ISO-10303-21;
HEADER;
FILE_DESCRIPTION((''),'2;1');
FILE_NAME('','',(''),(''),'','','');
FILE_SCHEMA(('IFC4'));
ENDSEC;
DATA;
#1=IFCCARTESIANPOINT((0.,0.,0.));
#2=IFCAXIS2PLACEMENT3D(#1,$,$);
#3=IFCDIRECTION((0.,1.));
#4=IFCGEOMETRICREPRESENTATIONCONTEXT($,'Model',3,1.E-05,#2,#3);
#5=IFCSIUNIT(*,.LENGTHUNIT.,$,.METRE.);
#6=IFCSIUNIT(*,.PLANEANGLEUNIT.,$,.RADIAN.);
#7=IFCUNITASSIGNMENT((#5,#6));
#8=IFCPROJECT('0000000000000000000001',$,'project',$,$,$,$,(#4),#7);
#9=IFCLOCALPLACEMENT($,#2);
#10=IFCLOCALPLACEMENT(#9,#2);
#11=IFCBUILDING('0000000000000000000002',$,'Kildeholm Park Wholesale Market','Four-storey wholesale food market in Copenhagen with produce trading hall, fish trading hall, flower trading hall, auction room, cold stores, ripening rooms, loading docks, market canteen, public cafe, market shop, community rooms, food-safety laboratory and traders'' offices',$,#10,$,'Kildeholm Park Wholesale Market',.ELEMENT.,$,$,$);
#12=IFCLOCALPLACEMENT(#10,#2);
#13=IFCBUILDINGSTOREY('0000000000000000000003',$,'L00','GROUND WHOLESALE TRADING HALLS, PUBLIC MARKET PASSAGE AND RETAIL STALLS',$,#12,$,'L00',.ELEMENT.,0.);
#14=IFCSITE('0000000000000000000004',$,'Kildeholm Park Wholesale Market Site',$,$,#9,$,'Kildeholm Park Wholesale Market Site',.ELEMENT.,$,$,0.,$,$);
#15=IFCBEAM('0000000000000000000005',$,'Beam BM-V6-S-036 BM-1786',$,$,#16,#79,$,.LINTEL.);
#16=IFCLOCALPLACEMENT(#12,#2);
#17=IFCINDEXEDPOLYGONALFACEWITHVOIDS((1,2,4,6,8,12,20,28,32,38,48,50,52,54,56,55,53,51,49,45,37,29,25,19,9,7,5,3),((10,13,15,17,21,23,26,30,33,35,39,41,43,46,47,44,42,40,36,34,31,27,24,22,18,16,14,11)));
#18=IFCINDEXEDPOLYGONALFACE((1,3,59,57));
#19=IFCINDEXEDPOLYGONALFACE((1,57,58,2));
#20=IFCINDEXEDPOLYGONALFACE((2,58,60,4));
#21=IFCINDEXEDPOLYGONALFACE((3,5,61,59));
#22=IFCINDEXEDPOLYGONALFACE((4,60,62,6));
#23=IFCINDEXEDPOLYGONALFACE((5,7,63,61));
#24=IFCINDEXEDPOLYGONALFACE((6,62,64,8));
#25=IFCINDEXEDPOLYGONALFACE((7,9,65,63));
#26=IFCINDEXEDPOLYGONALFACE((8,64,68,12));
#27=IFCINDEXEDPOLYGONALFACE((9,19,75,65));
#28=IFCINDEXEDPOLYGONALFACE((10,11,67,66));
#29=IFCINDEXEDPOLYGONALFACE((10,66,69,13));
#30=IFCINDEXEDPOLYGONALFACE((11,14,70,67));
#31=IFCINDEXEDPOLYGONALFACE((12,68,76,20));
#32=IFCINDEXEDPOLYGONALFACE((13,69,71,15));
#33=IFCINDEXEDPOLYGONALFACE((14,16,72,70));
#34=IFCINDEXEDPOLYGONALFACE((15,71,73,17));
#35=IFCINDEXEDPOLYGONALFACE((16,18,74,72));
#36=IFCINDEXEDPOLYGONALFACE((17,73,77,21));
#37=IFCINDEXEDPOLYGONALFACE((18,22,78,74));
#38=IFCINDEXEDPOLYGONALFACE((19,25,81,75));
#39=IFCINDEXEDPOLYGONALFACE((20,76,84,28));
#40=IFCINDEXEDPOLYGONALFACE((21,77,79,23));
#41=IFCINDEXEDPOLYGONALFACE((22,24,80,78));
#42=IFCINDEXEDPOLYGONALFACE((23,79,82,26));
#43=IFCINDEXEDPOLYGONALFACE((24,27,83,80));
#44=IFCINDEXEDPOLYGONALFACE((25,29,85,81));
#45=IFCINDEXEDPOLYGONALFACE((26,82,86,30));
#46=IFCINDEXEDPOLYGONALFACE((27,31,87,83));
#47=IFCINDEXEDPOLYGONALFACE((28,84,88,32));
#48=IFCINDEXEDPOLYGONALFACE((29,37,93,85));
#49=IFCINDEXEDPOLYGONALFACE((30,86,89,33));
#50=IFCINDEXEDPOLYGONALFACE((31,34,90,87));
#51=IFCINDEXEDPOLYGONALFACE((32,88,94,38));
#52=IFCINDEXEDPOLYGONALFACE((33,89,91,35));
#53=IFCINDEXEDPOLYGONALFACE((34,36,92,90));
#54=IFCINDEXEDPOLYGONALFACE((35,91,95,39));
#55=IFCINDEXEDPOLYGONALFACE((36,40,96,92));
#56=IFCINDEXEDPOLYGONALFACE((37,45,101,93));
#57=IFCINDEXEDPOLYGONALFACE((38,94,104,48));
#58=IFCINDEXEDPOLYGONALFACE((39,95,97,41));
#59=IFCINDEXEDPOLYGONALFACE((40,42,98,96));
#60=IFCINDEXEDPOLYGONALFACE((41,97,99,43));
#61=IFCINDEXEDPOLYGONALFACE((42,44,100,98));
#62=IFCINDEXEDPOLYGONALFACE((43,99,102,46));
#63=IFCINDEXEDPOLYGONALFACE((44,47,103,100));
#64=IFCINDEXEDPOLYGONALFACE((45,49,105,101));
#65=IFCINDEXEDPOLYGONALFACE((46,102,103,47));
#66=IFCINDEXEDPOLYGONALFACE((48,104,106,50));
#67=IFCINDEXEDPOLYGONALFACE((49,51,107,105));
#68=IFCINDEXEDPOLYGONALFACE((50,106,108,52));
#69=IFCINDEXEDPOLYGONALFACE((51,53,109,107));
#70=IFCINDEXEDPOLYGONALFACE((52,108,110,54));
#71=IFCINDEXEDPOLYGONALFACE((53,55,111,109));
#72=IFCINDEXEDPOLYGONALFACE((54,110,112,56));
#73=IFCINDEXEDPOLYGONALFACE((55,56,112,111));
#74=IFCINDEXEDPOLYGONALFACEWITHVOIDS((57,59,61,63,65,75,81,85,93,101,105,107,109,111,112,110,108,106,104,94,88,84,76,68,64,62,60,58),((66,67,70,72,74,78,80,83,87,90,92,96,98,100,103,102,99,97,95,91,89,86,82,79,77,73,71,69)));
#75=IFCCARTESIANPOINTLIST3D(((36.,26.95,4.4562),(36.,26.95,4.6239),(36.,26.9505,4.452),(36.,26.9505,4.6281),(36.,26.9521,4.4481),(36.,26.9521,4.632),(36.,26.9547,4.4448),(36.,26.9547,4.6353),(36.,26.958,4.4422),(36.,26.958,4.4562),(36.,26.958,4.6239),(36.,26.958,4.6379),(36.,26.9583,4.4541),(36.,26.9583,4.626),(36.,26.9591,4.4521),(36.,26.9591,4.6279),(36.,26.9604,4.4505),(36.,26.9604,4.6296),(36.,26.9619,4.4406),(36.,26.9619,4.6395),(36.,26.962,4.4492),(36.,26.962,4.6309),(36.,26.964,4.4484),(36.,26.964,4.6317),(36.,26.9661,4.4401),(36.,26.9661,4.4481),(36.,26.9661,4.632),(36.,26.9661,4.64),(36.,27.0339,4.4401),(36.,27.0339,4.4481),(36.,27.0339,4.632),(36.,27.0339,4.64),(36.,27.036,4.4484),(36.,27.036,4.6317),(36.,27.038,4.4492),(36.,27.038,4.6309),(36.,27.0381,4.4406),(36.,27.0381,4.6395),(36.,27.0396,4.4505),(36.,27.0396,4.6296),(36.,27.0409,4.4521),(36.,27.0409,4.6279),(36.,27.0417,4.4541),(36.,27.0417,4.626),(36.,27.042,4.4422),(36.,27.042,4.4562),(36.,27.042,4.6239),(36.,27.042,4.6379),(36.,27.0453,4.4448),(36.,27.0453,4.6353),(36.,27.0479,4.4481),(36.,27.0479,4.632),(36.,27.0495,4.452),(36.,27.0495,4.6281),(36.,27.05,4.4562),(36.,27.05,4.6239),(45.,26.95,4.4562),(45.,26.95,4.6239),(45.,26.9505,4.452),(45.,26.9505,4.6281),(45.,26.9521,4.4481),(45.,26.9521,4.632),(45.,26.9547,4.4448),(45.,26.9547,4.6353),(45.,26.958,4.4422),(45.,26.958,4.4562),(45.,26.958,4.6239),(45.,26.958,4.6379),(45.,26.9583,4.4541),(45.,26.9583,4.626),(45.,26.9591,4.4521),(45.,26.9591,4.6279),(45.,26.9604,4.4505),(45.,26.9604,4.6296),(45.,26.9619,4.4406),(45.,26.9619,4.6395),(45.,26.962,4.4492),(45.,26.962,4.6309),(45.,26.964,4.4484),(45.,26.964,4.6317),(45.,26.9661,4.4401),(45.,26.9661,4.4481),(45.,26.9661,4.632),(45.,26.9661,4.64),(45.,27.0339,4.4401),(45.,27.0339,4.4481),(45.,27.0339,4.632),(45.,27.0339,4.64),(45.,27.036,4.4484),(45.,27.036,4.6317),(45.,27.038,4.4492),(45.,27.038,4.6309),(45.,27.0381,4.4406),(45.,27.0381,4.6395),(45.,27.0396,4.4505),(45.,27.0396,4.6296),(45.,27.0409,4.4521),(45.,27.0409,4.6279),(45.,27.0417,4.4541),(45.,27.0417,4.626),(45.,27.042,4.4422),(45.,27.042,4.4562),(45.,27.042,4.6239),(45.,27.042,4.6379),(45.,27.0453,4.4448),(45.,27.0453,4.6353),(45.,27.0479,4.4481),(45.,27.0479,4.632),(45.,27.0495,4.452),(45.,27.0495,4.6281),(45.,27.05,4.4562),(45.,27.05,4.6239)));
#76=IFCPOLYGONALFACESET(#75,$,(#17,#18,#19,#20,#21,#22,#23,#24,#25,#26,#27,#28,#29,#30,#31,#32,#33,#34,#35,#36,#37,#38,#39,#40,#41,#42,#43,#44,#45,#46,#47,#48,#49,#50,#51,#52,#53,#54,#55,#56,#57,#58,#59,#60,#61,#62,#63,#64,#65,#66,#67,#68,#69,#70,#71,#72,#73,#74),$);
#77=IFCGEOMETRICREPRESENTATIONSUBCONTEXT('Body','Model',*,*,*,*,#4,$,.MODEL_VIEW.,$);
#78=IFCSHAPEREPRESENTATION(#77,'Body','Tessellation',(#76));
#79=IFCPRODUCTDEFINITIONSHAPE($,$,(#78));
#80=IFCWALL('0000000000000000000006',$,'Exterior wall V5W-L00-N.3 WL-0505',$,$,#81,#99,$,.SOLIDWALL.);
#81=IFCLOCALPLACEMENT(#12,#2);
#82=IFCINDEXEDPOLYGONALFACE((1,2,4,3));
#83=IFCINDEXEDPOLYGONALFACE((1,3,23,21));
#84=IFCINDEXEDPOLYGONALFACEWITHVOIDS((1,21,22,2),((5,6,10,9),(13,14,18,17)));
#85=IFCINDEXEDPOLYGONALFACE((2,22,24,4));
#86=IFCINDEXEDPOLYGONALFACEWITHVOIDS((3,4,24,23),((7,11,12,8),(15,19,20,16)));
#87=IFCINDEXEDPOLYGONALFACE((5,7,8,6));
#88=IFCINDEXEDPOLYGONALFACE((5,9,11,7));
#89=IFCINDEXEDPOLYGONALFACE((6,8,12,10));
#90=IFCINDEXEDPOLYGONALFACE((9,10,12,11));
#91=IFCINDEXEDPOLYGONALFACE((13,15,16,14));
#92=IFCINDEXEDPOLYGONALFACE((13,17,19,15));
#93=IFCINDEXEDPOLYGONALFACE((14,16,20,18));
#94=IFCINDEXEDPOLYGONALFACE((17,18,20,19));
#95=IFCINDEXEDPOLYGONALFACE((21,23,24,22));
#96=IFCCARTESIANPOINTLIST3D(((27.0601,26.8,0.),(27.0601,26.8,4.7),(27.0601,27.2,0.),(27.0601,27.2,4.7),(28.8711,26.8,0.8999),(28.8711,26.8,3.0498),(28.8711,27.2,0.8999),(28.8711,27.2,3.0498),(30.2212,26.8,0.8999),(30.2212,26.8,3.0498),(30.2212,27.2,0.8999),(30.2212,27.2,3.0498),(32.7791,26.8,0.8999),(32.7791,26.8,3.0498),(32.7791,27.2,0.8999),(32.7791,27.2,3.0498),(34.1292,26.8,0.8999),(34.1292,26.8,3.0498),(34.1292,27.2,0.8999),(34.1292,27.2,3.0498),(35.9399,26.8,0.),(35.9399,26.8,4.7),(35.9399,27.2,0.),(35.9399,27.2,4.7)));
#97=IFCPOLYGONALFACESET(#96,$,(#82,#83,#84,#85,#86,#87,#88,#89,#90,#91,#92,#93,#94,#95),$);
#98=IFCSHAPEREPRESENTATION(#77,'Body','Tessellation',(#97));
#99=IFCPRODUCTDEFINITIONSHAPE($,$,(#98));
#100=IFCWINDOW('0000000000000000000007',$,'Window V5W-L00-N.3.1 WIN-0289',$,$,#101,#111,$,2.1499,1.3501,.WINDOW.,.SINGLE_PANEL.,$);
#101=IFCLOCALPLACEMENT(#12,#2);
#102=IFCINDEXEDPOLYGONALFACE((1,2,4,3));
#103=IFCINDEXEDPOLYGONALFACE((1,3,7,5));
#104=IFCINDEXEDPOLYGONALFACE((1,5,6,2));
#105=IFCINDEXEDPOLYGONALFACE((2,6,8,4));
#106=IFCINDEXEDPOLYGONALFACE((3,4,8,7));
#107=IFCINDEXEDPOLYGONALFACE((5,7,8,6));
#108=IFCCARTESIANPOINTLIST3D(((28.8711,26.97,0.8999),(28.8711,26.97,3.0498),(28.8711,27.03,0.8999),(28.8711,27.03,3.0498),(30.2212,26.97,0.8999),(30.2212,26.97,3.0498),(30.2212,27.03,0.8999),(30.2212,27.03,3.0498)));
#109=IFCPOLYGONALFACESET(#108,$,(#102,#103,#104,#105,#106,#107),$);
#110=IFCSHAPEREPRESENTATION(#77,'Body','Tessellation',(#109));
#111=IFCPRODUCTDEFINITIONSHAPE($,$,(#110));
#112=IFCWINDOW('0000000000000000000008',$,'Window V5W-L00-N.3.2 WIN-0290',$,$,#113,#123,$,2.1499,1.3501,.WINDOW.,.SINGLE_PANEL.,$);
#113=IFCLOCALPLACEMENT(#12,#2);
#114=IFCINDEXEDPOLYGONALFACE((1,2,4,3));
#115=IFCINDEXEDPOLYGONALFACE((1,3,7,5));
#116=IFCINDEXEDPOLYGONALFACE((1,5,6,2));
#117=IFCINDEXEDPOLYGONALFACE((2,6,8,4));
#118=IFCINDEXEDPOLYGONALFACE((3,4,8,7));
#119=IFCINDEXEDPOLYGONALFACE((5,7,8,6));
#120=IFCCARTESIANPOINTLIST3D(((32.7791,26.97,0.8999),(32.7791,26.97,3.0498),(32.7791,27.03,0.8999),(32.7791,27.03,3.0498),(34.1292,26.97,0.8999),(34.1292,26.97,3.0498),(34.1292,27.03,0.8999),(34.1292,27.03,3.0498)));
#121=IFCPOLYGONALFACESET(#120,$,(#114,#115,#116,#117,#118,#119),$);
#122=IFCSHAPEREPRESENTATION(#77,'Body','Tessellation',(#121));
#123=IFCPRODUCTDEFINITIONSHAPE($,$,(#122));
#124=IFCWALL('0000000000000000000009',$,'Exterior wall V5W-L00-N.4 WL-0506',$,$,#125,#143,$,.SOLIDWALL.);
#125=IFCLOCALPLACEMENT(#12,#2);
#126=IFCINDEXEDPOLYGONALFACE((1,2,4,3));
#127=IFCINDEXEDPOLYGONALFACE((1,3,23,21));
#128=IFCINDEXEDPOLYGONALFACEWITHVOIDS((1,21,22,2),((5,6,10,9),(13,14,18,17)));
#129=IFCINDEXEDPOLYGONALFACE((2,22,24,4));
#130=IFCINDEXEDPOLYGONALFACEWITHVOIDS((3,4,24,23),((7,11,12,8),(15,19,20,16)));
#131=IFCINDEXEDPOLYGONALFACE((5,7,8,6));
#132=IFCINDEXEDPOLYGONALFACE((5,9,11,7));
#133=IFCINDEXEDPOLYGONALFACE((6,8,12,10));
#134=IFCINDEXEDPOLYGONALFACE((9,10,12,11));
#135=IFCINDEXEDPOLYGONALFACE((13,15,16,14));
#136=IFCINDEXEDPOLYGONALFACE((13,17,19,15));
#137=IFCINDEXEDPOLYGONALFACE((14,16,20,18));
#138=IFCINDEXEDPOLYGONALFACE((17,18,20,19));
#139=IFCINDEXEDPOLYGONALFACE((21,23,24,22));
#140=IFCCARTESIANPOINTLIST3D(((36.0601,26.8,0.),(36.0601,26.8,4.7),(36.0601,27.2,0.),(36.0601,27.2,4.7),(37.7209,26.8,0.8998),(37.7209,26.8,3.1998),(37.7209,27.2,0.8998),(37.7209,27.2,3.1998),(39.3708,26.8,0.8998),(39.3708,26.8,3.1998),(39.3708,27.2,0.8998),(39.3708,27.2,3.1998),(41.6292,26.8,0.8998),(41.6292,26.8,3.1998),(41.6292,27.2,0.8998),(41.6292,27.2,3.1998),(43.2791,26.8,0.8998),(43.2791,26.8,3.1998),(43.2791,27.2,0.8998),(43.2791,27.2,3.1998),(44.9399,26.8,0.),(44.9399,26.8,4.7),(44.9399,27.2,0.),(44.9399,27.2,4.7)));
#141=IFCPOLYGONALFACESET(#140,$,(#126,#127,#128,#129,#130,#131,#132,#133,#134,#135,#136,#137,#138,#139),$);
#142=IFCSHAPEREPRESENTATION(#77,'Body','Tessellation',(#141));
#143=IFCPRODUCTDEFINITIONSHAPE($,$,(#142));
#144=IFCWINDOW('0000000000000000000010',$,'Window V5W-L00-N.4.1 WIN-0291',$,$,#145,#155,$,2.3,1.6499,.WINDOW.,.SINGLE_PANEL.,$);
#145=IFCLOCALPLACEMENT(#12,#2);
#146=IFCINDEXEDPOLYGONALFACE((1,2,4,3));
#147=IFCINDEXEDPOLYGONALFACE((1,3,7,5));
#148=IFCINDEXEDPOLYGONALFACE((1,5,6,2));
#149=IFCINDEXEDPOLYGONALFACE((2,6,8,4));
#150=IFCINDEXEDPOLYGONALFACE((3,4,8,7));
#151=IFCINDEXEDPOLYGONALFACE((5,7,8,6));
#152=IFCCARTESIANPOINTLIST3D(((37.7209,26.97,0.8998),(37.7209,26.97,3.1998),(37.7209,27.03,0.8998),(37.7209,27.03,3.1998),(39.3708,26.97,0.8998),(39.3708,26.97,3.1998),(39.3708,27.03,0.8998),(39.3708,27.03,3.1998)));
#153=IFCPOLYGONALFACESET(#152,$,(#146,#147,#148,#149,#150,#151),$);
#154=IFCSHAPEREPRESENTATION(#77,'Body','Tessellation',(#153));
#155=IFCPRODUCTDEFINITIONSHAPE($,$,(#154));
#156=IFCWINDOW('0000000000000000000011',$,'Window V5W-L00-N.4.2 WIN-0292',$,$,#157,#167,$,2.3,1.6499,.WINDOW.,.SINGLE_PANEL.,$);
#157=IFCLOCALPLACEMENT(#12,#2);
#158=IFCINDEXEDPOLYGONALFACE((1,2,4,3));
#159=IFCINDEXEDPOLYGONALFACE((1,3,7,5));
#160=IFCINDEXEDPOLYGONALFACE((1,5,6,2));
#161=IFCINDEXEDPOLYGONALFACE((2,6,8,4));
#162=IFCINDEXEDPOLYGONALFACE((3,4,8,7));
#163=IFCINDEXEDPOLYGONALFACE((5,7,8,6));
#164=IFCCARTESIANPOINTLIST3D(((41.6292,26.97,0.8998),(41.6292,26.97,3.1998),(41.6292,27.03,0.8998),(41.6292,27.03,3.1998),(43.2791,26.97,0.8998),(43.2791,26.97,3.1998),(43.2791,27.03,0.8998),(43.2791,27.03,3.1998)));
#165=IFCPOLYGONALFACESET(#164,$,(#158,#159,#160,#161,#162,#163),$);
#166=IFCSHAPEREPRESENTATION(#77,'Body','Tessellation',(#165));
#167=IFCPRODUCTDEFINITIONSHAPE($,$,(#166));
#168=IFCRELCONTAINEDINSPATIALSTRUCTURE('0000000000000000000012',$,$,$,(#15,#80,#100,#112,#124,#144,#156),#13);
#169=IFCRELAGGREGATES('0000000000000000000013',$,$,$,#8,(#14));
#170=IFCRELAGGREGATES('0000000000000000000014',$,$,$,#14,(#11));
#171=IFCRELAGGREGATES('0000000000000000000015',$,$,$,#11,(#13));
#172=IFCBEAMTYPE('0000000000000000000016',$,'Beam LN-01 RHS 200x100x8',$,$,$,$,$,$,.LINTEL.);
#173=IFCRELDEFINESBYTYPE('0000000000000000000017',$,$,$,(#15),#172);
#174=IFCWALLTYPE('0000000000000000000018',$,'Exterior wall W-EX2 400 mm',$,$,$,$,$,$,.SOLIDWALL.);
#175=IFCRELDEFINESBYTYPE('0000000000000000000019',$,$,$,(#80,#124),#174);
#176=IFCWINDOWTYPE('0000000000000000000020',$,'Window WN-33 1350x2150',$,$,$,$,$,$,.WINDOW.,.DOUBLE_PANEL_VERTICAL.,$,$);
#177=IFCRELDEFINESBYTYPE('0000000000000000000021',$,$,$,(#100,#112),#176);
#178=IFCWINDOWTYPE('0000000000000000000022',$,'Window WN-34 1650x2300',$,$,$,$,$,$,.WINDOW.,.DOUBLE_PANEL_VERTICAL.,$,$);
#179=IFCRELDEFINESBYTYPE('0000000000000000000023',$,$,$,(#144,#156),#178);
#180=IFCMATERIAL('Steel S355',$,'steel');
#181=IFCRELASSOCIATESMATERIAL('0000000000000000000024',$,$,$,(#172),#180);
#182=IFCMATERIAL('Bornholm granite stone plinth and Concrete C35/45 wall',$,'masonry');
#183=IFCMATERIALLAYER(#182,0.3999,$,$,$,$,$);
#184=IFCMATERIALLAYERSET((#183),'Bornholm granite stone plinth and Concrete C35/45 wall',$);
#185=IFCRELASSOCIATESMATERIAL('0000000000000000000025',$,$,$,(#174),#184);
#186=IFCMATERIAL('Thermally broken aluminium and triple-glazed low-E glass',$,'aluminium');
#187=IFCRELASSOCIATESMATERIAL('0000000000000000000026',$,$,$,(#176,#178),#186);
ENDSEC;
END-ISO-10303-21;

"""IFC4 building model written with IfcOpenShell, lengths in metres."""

from ifc_helpers import new_model, si_unit, direction, frame, frame_2d, origin, origin_2d, place, context, subcontext, project, spatial, rectangle, hollow_rectangle, extrude, material, layer, layer_set, material_profile, profile_set, type_object, element, fill, save


model = new_model("IFC4")

# Units and contexts
model_context = context("Model", 3, precision=1e-05, world=origin(), true_north=direction((0.0, 1.0)))
body_context = subcontext(model_context, "Body", "Model", "MODEL_VIEW")
ifc_project = project(units=[si_unit("LENGTHUNIT", "METRE"), si_unit("PLANEANGLEUNIT", "RADIAN")], contexts=[model_context])

# Site, building, storey
site_placement = place(None, origin())
site = spatial("IfcSite", under=ifc_project, at=site_placement, Name="Kildeholm Park Wholesale Market Site", LongName="Kildeholm Park Wholesale Market Site", CompositionType="ELEMENT", RefElevation=0.0)
building_placement = place(site_placement, origin())
building = spatial("IfcBuilding", under=site, at=building_placement, Name="Kildeholm Park Wholesale Market", Description="Four-storey wholesale food market in Copenhagen with produce trading hall, fish trading hall, flower trading hall, auction room, cold stores, ripening rooms, loading docks, market canteen, public cafe, market shop, community rooms, food-safety laboratory and traders' offices", LongName="Kildeholm Park Wholesale Market", CompositionType="ELEMENT")
storey_placement = place(building_placement, origin())
storey = spatial("IfcBuildingStorey", under=building, at=storey_placement, Name="L00", Description="GROUND WHOLESALE TRADING HALLS, PUBLIC MARKET PASSAGE AND RETAIL STALLS", LongName="L00", CompositionType="ELEMENT", Elevation=0.0)

# Shared definitions
ifc_material_1 = material(Name="Steel S355", Category="steel")

# Beam
ifc_material_profile_1 = material_profile(ifc_material_1, hollow_rectangle(XDim=0.1001, YDim=0.2, WallThickness=0.0081, InnerFilletRadius=0.0081, OuterFilletRadius=0.0161, at=origin_2d()), Name="RHS 200x100x8")
ifc_profile_set_1 = profile_set([ifc_material_profile_1], Name="Steel S355")
beam_type_1 = type_object("IfcBeamType", Name="Beam LN-01 RHS 200x100x8", PredefinedType="LINTEL", material=ifc_profile_set_1)
beam_1_placement = place(storey_placement, frame((36.0, 27.0, 4.54), z_axis=(1.0, 0.0, 0.0), x_axis=(0.0, 1.0, 0.0)))
element("IfcBeam", 1, at=beam_1_placement, inside=storey, type_object=beam_type_1, Name="Beam BM-V6-S-036 BM-1786", PredefinedType="LINTEL", context=body_context, shape_type="SweptSolid", body=[
    extrude(hollow_rectangle(XDim=0.1001, YDim=0.2, WallThickness=0.0081, InnerFilletRadius=0.0081, OuterFilletRadius=0.0161, at=origin_2d()), origin(), (0.0, 0.0, 1.0), 9.0),
])

# Walls, openings, windows
ifc_material_2 = material(Name="Bornholm granite stone plinth and Concrete C35/45 wall", Category="masonry")
ifc_layer_1 = layer(ifc_material_2, 0.3999)
ifc_layer_set_1 = layer_set([ifc_layer_1], Name="Bornholm granite stone plinth and Concrete C35/45 wall")
wall_type_1 = type_object("IfcWallType", Name="Exterior wall W-EX2 400 mm", PredefinedType="SOLIDWALL", material=ifc_layer_set_1)
wall_1_placement = place(storey_placement, frame((27.0601, 27.0, 0.0), z_axis=(0.0, 0.0, 1.0), x_axis=(1.0, 0.0, 0.0)))
wall_1 = element("IfcWall", 2, at=wall_1_placement, inside=storey, type_object=wall_type_1, Name="Exterior wall V5W-L00-N.3 WL-0505", PredefinedType="SOLIDWALL", context=body_context, shape_type="SweptSolid", body=[
    extrude(rectangle(XDim=8.8799, YDim=0.3999, at=frame_2d((4.4399, 0.0))), origin(), (0.0, 0.0, 1.0), 4.7),
])
opening_1_placement = place(wall_1_placement, frame((1.811, 0.0, 0.8999)))
opening_1 = element("IfcOpeningElement", 3, at=opening_1_placement, cuts=wall_1, PredefinedType="OPENING", context=body_context, shape_type="SweptSolid", body=[
    extrude(rectangle(XDim=1.3501, YDim=2.1499, at=frame_2d((0.675, 1.075))), frame((0.0, 0.21, 0.0), z_axis=(0.0, -1.0, 0.0), x_axis=(1.0, 0.0, 0.0)), (0.0, 0.0, 1.0), 0.4199),
])
opening_2_placement = place(wall_1_placement, frame((5.719, 0.0, 0.8999)))
opening_2 = element("IfcOpeningElement", 4, at=opening_2_placement, cuts=wall_1, PredefinedType="OPENING", context=body_context, shape_type="SweptSolid", body=[
    extrude(rectangle(XDim=1.3501, YDim=2.1499, at=frame_2d((0.675, 1.075))), frame((0.0, 0.21, 0.0), z_axis=(0.0, -1.0, 0.0), x_axis=(1.0, 0.0, 0.0)), (0.0, 0.0, 1.0), 0.4199),
])
ifc_material_3 = material(Name="Thermally broken aluminium and triple-glazed low-E glass", Category="aluminium")
window_type_1 = type_object("IfcWindowType", Name="Window WN-33 1350x2150", PartitioningType="DOUBLE_PANEL_VERTICAL", PredefinedType="WINDOW", material=ifc_material_3)
window_1_placement = place(opening_1_placement, origin())
window_1 = element("IfcWindow", 5, at=window_1_placement, inside=storey, type_object=window_type_1, Name="Window V5W-L00-N.3.1 WIN-0289", OverallHeight=2.1499, OverallWidth=1.3501, PartitioningType="SINGLE_PANEL", PredefinedType="WINDOW", context=body_context, shape_type="SweptSolid", body=[
    extrude(rectangle(XDim=1.3501, YDim=2.1499, at=frame_2d((0.675, 1.075))), frame((0.0, 0.03, 0.0), z_axis=(0.0, -1.0, 0.0), x_axis=(1.0, 0.0, 0.0)), (0.0, 0.0, 1.0), 0.0601),
])
fill(opening_1, window_1)
window_2_placement = place(opening_2_placement, origin())
window_2 = element("IfcWindow", 6, at=window_2_placement, inside=storey, type_object=window_type_1, Name="Window V5W-L00-N.3.2 WIN-0290", OverallHeight=2.1499, OverallWidth=1.3501, PartitioningType="SINGLE_PANEL", PredefinedType="WINDOW", context=body_context, shape_type="SweptSolid", body=[
    extrude(rectangle(XDim=1.3501, YDim=2.1499, at=frame_2d((0.675, 1.075))), frame((0.0, 0.03, 0.0), z_axis=(0.0, -1.0, 0.0), x_axis=(1.0, 0.0, 0.0)), (0.0, 0.0, 1.0), 0.0601),
])
fill(opening_2, window_2)
wall_2_placement = place(storey_placement, frame((36.0601, 27.0, 0.0), z_axis=(0.0, 0.0, 1.0), x_axis=(1.0, 0.0, 0.0)))
wall_2 = element("IfcWall", 7, at=wall_2_placement, inside=storey, type_object=wall_type_1, Name="Exterior wall V5W-L00-N.4 WL-0506", PredefinedType="SOLIDWALL", context=body_context, shape_type="SweptSolid", body=[
    extrude(rectangle(XDim=8.8799, YDim=0.3999, at=frame_2d((4.4399, 0.0))), origin(), (0.0, 0.0, 1.0), 4.7),
])
opening_3_placement = place(wall_2_placement, frame((1.6609, 0.0, 0.8999)))
opening_3 = element("IfcOpeningElement", 8, at=opening_3_placement, cuts=wall_2, PredefinedType="OPENING", context=body_context, shape_type="SweptSolid", body=[
    extrude(rectangle(XDim=1.6499, YDim=2.3, at=frame_2d((0.825, 1.1499))), frame((0.0, 0.21, 0.0), z_axis=(0.0, -1.0, 0.0), x_axis=(1.0, 0.0, 0.0)), (0.0, 0.0, 1.0), 0.4199),
])
opening_4_placement = place(wall_2_placement, frame((5.5691, 0.0, 0.8999)))
opening_4 = element("IfcOpeningElement", 9, at=opening_4_placement, cuts=wall_2, PredefinedType="OPENING", context=body_context, shape_type="SweptSolid", body=[
    extrude(rectangle(XDim=1.6499, YDim=2.3, at=frame_2d((0.825, 1.1499))), frame((0.0, 0.21, 0.0), z_axis=(0.0, -1.0, 0.0), x_axis=(1.0, 0.0, 0.0)), (0.0, 0.0, 1.0), 0.4199),
])
window_type_2 = type_object("IfcWindowType", Name="Window WN-34 1650x2300", PartitioningType="DOUBLE_PANEL_VERTICAL", PredefinedType="WINDOW", material=ifc_material_3)
window_3_placement = place(opening_3_placement, origin())
window_3 = element("IfcWindow", 10, at=window_3_placement, inside=storey, type_object=window_type_2, Name="Window V5W-L00-N.4.1 WIN-0291", OverallHeight=2.3, OverallWidth=1.6499, PartitioningType="SINGLE_PANEL", PredefinedType="WINDOW", context=body_context, shape_type="SweptSolid", body=[
    extrude(rectangle(XDim=1.6499, YDim=2.3, at=frame_2d((0.825, 1.1499))), frame((0.0, 0.03, 0.0), z_axis=(0.0, -1.0, 0.0), x_axis=(1.0, 0.0, 0.0)), (0.0, 0.0, 1.0), 0.0601),
])
fill(opening_3, window_3)
window_4_placement = place(opening_4_placement, origin())
window_4 = element("IfcWindow", 11, at=window_4_placement, inside=storey, type_object=window_type_2, Name="Window V5W-L00-N.4.2 WIN-0292", OverallHeight=2.3, OverallWidth=1.6499, PartitioningType="SINGLE_PANEL", PredefinedType="WINDOW", context=body_context, shape_type="SweptSolid", body=[
    extrude(rectangle(XDim=1.6499, YDim=2.3, at=frame_2d((0.825, 1.1499))), frame((0.0, 0.03, 0.0), z_axis=(0.0, -1.0, 0.0), x_axis=(1.0, 0.0, 0.0)), (0.0, 0.0, 1.0), 0.0601),
])
fill(opening_4, window_4)

save(model, "model.ifc")
